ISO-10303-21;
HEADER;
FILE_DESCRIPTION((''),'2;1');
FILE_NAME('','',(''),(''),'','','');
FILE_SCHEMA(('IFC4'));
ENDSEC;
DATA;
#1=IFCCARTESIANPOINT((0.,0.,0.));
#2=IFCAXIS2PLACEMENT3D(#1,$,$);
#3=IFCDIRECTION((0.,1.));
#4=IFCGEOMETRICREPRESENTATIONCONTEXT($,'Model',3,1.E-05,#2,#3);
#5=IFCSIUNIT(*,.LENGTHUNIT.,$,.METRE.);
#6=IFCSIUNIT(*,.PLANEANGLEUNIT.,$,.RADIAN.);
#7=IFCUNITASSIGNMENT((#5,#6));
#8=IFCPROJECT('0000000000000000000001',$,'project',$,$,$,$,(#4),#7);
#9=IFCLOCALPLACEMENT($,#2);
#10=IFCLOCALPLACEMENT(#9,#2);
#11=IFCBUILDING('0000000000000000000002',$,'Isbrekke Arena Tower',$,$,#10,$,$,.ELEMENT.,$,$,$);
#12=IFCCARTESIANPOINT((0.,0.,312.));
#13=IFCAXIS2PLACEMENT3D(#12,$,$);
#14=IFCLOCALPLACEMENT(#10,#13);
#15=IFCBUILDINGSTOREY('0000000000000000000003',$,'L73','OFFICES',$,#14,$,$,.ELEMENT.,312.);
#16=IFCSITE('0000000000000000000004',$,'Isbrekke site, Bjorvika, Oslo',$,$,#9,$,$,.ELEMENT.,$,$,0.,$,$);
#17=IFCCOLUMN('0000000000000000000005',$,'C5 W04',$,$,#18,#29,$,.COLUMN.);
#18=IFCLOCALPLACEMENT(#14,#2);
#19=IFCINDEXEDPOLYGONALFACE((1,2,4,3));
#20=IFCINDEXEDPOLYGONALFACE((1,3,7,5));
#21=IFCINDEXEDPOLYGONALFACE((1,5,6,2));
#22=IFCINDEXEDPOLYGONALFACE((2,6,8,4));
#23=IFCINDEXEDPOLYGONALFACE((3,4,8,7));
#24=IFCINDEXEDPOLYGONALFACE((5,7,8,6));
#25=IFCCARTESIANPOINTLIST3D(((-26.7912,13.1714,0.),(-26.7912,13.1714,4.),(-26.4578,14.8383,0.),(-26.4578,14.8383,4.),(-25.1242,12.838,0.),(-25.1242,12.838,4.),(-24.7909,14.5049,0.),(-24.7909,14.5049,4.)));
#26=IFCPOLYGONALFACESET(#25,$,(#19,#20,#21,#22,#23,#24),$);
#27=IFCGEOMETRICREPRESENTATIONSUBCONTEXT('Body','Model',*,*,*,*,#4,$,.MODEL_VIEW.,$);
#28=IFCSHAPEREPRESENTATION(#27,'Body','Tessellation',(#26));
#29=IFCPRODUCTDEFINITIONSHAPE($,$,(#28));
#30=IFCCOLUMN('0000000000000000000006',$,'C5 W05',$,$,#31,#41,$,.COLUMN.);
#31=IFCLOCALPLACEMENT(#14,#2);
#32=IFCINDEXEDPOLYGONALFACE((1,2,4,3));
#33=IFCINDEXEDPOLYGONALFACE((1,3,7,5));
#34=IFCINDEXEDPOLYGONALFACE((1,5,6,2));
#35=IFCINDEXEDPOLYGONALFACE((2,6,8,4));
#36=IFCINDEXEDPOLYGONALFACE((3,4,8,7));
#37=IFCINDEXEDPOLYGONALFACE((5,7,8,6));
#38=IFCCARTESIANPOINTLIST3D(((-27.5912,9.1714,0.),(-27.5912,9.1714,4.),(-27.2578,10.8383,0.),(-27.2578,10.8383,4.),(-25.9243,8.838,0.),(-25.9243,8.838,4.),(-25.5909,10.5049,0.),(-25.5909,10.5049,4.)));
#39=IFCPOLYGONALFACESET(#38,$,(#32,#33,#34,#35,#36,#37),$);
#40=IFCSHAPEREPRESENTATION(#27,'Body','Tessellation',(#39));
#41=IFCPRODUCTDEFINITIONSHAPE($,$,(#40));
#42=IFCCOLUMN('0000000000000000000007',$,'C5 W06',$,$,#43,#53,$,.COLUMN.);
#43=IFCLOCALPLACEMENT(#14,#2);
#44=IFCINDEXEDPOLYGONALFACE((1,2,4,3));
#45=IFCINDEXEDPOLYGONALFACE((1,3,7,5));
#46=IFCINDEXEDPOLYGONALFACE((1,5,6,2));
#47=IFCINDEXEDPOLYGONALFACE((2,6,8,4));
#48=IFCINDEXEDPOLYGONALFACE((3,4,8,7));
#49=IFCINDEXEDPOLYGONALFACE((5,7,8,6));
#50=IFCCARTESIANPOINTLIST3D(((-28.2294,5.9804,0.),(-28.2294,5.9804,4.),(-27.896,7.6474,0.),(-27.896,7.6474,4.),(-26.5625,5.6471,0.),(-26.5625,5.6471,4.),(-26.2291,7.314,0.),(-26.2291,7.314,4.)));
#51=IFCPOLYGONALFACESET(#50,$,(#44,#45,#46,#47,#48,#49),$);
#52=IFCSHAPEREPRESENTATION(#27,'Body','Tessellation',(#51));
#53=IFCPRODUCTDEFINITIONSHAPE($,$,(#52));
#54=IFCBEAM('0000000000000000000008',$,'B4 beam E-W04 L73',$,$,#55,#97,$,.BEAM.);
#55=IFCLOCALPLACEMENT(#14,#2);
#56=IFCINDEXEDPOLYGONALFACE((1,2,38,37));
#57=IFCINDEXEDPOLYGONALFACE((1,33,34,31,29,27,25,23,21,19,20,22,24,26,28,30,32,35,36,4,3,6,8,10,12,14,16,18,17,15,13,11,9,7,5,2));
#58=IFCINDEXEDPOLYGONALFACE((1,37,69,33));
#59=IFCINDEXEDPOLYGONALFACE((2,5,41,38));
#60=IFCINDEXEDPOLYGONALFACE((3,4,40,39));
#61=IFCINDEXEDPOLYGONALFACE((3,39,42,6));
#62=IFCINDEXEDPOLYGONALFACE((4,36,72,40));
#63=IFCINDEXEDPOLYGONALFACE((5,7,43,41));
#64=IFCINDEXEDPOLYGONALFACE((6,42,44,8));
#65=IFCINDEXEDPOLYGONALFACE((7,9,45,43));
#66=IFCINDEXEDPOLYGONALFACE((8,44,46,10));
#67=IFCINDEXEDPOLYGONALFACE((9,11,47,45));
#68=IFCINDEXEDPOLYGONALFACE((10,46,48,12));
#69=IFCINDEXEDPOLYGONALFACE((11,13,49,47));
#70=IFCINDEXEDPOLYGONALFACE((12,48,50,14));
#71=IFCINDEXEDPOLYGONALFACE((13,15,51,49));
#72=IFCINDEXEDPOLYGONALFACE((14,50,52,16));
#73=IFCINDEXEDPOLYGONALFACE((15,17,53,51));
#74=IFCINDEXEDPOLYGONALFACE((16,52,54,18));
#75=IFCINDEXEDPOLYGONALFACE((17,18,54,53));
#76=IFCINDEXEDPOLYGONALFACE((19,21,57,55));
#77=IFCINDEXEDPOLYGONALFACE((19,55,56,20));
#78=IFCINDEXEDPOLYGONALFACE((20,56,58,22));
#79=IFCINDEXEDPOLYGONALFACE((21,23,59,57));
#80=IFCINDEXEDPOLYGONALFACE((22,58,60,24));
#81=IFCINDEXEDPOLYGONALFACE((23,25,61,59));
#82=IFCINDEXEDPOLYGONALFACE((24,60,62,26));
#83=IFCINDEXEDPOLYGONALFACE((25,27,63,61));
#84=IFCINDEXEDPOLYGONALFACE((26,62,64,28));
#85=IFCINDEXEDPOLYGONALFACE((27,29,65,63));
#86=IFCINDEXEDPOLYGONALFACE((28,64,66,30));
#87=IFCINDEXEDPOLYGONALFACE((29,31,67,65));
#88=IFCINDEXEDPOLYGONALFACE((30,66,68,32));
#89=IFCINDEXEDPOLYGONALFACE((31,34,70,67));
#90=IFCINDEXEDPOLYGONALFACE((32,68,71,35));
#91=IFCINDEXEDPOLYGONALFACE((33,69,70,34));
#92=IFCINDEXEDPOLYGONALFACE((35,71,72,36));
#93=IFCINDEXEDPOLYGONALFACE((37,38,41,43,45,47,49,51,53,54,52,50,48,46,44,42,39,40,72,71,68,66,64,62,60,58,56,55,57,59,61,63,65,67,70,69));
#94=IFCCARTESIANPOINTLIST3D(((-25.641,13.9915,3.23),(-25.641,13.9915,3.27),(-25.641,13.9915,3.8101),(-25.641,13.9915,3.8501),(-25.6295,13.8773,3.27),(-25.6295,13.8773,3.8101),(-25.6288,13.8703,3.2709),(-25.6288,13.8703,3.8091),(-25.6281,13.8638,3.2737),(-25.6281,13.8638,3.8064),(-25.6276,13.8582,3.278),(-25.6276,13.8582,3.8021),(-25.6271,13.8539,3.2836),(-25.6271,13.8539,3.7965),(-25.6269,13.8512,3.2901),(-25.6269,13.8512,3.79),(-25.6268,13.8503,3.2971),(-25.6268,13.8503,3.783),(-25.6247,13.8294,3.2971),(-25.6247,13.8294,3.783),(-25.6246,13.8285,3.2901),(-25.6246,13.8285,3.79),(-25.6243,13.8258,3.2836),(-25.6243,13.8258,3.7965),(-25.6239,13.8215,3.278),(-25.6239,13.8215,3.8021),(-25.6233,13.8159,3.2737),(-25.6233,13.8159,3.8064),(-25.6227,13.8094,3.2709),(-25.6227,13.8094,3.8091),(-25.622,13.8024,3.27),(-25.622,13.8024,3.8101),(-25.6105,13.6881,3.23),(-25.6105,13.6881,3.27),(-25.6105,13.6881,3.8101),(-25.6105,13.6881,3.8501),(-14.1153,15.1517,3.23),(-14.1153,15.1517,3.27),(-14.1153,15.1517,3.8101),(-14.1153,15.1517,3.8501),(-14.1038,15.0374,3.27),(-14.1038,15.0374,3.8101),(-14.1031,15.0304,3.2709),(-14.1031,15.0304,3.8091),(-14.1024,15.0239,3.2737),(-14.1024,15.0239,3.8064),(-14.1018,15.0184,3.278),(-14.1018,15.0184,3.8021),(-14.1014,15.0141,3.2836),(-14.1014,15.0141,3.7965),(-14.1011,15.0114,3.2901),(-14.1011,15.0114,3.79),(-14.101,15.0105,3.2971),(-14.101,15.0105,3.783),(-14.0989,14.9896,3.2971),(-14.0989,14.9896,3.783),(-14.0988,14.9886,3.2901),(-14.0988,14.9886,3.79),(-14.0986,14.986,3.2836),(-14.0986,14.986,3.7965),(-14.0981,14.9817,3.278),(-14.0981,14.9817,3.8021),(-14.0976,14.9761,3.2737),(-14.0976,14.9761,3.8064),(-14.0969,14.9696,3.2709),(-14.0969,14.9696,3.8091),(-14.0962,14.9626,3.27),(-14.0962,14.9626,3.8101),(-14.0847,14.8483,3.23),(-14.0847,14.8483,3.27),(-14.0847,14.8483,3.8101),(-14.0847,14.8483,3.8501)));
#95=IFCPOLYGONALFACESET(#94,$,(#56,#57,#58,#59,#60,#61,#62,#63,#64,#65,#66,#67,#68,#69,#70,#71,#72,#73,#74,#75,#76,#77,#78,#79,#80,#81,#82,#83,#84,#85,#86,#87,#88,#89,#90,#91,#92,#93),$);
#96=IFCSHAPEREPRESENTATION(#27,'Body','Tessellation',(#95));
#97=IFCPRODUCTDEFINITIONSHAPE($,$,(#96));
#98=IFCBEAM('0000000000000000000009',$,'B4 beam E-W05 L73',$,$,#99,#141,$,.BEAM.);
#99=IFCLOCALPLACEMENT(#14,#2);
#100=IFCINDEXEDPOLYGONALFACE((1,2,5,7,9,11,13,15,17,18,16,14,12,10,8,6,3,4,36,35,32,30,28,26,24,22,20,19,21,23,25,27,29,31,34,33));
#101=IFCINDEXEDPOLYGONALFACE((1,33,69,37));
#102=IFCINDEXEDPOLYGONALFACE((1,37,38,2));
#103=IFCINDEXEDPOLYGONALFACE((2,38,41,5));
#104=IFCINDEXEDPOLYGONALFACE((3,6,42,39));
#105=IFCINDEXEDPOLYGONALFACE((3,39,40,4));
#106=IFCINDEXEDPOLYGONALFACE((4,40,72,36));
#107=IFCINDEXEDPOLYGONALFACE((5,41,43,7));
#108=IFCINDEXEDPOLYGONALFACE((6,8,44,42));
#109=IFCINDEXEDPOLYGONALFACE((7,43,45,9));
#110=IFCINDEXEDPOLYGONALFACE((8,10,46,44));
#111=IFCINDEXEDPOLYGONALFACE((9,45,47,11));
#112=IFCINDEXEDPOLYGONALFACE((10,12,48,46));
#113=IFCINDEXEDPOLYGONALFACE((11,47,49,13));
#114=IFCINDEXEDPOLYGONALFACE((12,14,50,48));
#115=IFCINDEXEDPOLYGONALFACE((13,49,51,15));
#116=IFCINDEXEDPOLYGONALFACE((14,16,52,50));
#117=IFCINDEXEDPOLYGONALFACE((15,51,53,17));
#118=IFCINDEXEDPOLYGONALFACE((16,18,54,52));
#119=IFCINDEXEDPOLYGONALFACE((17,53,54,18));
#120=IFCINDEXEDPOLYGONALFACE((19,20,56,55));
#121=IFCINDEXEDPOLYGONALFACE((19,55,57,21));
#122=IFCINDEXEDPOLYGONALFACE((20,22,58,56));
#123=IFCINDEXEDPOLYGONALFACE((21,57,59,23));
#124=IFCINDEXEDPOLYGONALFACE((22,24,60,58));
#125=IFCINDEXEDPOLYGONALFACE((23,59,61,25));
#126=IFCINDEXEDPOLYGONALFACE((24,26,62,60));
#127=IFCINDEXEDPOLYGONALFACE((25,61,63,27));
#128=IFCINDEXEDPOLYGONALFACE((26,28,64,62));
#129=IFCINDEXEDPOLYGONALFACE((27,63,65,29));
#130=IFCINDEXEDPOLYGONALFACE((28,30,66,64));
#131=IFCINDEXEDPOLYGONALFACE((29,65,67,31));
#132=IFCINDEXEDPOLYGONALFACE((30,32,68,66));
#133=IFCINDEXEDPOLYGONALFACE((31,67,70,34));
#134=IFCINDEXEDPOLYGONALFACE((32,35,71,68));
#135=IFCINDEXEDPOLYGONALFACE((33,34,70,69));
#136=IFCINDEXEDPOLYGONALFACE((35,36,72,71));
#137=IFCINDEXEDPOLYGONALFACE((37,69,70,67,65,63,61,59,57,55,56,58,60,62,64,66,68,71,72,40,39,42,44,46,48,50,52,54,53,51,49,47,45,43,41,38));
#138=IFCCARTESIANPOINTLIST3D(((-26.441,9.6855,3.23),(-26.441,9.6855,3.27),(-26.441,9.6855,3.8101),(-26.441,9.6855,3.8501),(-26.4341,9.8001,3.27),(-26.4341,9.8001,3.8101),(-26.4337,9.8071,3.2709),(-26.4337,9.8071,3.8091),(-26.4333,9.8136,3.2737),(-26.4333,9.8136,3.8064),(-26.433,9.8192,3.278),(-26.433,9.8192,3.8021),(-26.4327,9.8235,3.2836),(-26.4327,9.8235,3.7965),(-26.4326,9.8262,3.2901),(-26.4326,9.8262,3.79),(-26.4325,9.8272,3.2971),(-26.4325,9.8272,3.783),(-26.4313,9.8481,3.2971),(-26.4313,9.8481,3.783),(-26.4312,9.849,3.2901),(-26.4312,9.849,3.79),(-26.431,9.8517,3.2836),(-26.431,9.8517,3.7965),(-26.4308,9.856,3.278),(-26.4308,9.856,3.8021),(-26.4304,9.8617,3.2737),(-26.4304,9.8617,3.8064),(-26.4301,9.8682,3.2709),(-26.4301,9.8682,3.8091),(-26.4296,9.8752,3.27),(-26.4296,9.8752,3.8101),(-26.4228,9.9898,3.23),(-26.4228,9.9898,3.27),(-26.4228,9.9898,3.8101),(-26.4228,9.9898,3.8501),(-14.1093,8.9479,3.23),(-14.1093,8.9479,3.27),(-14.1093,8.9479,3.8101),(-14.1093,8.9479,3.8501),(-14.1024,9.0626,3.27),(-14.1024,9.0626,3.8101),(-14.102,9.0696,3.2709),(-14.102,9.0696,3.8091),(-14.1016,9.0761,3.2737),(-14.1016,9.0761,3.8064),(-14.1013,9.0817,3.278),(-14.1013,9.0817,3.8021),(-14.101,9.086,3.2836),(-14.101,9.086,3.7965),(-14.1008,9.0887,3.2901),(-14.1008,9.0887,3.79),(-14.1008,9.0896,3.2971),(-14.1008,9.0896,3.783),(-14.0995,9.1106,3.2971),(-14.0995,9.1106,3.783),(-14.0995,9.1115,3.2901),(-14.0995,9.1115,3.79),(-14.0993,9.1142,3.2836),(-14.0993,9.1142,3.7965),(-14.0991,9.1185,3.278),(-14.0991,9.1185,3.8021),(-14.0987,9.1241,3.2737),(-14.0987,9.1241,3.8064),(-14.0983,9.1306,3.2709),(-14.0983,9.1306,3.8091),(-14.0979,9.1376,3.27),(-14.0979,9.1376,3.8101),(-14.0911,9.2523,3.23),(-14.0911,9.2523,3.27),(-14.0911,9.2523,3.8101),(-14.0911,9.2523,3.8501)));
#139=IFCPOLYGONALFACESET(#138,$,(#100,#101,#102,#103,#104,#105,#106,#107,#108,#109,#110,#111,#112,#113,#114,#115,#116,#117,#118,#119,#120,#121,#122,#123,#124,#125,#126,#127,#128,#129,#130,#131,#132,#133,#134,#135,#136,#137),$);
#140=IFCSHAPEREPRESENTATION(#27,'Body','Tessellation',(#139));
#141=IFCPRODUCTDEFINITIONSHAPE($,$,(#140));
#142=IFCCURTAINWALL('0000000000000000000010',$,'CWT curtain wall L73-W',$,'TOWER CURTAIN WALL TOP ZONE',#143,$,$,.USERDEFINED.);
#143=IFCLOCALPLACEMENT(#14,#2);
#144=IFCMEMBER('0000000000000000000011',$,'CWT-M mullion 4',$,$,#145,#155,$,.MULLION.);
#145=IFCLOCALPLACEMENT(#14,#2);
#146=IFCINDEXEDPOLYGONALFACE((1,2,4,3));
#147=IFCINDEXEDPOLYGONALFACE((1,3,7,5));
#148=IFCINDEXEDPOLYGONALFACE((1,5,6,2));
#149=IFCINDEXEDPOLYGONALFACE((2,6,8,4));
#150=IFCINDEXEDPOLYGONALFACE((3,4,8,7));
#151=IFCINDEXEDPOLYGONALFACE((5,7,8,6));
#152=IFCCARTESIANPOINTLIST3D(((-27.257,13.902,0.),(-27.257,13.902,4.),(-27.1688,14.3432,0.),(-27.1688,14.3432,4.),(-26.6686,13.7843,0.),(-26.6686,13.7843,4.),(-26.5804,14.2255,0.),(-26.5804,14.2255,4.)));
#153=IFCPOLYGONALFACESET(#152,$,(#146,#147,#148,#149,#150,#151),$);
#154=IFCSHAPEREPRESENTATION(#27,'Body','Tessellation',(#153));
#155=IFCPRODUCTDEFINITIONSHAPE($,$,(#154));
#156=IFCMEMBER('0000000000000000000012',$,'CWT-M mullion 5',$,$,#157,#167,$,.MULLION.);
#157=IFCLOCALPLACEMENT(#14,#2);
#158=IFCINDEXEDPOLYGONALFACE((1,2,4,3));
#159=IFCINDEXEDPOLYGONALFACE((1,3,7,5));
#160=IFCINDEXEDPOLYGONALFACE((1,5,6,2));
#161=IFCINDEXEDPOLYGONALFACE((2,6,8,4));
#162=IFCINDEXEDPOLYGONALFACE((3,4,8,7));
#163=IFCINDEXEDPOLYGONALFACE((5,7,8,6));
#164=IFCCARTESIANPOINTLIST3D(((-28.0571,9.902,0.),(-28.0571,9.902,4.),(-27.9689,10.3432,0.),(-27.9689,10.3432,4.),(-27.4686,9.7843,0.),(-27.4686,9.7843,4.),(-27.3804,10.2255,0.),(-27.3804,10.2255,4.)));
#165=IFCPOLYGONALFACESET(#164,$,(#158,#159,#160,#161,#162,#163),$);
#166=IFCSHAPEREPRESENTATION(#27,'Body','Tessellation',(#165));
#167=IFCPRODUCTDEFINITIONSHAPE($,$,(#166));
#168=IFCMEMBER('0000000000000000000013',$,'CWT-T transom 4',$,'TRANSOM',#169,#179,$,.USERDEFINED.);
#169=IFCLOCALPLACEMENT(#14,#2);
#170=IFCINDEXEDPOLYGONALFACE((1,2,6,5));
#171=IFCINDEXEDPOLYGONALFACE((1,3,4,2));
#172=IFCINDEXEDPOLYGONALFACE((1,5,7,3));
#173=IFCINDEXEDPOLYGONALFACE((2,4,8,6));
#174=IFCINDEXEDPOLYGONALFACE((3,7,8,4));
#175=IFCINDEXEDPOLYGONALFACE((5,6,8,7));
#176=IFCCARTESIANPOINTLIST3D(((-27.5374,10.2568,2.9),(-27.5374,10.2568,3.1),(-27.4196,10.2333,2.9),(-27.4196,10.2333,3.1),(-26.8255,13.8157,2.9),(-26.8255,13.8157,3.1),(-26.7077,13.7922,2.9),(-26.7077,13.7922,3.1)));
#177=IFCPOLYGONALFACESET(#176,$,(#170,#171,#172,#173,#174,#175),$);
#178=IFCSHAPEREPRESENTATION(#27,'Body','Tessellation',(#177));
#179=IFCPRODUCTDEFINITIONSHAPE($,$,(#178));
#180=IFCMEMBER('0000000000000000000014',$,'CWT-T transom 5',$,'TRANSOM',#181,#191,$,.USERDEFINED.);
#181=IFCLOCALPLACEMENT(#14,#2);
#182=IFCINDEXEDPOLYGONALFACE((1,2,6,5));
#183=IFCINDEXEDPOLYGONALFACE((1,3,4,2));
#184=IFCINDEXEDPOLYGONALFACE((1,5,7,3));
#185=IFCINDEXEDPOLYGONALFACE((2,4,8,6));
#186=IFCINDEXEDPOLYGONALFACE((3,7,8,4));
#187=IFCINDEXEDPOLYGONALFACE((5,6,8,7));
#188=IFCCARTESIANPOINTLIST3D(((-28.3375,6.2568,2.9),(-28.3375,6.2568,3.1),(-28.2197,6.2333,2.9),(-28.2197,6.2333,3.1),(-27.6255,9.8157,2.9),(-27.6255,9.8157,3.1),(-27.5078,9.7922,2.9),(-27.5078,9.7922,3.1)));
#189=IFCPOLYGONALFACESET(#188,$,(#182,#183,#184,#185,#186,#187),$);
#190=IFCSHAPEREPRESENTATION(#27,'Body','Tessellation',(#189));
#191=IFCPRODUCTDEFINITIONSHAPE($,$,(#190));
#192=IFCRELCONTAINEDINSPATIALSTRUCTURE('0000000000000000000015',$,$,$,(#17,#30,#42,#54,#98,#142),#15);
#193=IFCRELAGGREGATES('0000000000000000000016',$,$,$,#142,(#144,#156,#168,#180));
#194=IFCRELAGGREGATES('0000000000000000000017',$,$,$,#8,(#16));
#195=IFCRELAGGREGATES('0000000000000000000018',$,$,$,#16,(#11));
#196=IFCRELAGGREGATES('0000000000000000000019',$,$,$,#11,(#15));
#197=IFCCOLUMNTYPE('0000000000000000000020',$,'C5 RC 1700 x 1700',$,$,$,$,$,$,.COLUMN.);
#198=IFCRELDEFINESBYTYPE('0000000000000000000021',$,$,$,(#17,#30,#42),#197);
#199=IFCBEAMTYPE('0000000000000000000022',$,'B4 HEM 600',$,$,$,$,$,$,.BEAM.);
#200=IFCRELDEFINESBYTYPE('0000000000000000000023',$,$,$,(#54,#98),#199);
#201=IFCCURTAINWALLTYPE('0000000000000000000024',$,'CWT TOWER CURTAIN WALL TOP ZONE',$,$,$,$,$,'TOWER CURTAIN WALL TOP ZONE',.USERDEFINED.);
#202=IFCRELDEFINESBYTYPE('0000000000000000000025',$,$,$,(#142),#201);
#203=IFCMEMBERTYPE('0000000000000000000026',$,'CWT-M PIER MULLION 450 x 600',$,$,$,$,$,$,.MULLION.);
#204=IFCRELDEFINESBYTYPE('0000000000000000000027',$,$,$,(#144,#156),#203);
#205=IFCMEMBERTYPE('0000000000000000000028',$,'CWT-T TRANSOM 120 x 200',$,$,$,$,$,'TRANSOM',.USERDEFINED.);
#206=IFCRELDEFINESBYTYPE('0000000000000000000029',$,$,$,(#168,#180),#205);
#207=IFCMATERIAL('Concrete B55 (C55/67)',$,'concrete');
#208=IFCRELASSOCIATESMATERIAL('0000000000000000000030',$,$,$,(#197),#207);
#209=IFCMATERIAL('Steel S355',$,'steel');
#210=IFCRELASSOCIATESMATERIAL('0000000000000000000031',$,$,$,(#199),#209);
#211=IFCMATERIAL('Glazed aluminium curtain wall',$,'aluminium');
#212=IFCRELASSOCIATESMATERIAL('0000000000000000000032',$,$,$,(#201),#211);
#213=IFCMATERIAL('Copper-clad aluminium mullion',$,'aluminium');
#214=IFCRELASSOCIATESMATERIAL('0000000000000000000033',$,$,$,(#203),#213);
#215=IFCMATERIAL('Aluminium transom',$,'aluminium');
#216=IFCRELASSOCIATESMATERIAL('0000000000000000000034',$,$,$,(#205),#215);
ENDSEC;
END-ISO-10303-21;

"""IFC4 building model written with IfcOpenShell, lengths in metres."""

from ifc_helpers import new_model, si_unit, direction, frame, origin, origin_2d, place, context, subcontext, project, spatial, rectangle, i_section, extrude, material, material_profile, profile_set, type_object, element, aggregate, save


model = new_model("IFC4")

# Units and contexts
model_context = context("Model", 3, precision=1e-05, world=origin(), true_north=direction((0.0, 1.0)))
body_context = subcontext(model_context, "Body", "Model", "MODEL_VIEW")
ifc_project = project(units=[si_unit("LENGTHUNIT", "METRE"), si_unit("PLANEANGLEUNIT", "RADIAN")], contexts=[model_context])

# Site, building, storey
site_placement = place(None, origin())
site = spatial("IfcSite", under=ifc_project, at=site_placement, Name="Isbrekke site, Bjorvika, Oslo", CompositionType="ELEMENT", RefElevation=0.0)
building_placement = place(site_placement, origin())
building = spatial("IfcBuilding", under=site, at=building_placement, Name="Isbrekke Arena Tower", CompositionType="ELEMENT")
storey_placement = place(building_placement, frame((0.0, 0.0, 312.0)))
storey = spatial("IfcBuildingStorey", under=building, at=storey_placement, Name="L73", Description="OFFICES", CompositionType="ELEMENT", Elevation=312.0)

# Columns
ifc_material_1 = material(Name="Concrete B55 (C55/67)", Category="concrete")
ifc_material_profile_1 = material_profile(ifc_material_1, rectangle(XDim=1.7, YDim=1.7, at=origin_2d()), Name="RC 1700x1700")
ifc_profile_set_1 = profile_set([ifc_material_profile_1], Name="Concrete B55 (C55/67)")
column_type = type_object("IfcColumnType", Name="C5 RC 1700 x 1700", PredefinedType="COLUMN", material=ifc_profile_set_1)
for number, where, z_axis, x_axis, name in (
    (1, (-25.791, 13.8381, 0.0), (0.0, 0.0, 1.0), (-0.196116, -0.980581, 0.0), "C5 W04"),
    (2, (-26.5911, 9.8381, 0.0), (0.0, 0.0, 1.0), (-0.196116, -0.980581, 0.0), "C5 W05"),
    (3, (-27.2292, 6.6472, 0.0), (0.0, 0.0, 1.0), (-0.196116, -0.980581, 0.0), "C5 W06"),
):
    element("IfcColumn", number, at=place(storey_placement, frame(where, z_axis=z_axis, x_axis=x_axis)), inside=storey, type_object=column_type, Name=name, PredefinedType="COLUMN", context=body_context, shape_type="SweptSolid", body=[
        extrude(rectangle(XDim=1.7, YDim=1.7, at=origin_2d()), origin(), (0.0, 0.0, 1.0), 4.0),
    ])

# Beams
ifc_material_2 = material(Name="Steel S355", Category="steel")
ifc_material_profile_2 = material_profile(ifc_material_2, i_section(OverallWidth=0.3049, OverallDepth=0.6201, WebThickness=0.021, FlangeThickness=0.04, FilletRadius=0.0271, at=origin_2d()), Name="HEM 600")
ifc_profile_set_2 = profile_set([ifc_material_profile_2], Name="Steel S355")
beam_type_1 = type_object("IfcBeamType", Name="B4 HEM 600", PredefinedType="BEAM", material=ifc_profile_set_2)
beam_1_placement = place(storey_placement, frame((-25.6257, 13.8398, 3.54), z_axis=(0.994972, 0.100153, 0.0), x_axis=(-0.100153, 0.994972, 0.0)))
element("IfcBeam", 4, at=beam_1_placement, inside=storey, type_object=beam_type_1, Name="B4 beam E-W04 L73", PredefinedType="BEAM", context=body_context, shape_type="SweptSolid", body=[
    extrude(i_section(OverallWidth=0.3049, OverallDepth=0.6201, WebThickness=0.021, FlangeThickness=0.04, FilletRadius=0.0271, at=origin_2d()), origin(), (0.0, 0.0, 1.0), 11.584),
])
beam_2_placement = place(storey_placement, frame((-26.4319, 9.8376, 3.54), z_axis=(0.998216, -0.059702, 0.0), x_axis=(0.059702, 0.998216, 0.0)))
element("IfcBeam", 5, at=beam_2_placement, inside=storey, type_object=beam_type_1, Name="B4 beam E-W05 L73", PredefinedType="BEAM", context=body_context, shape_type="SweptSolid", body=[
    extrude(i_section(OverallWidth=0.3049, OverallDepth=0.6201, WebThickness=0.021, FlangeThickness=0.04, FilletRadius=0.0271, at=origin_2d()), origin(), (0.0, 0.0, 1.0), 12.3538),
])

# Curtain wall, members
ifc_material_3 = material(Name="Glazed aluminium curtain wall", Category="aluminium")
curtain_wall_type = type_object("IfcCurtainWallType", Name="CWT TOWER CURTAIN WALL TOP ZONE", ElementType="TOWER CURTAIN WALL TOP ZONE", PredefinedType="USERDEFINED", material=ifc_material_3)
curtain_wall_placement = place(storey_placement, origin())
curtain_wall = element("IfcCurtainWall", 6, at=curtain_wall_placement, inside=storey, type_object=curtain_wall_type, Name="CWT curtain wall L73-W", ObjectType="TOWER CURTAIN WALL TOP ZONE", PredefinedType="USERDEFINED")
ifc_material_4 = material(Name="Copper-clad aluminium mullion", Category="aluminium")
ifc_material_profile_3 = material_profile(ifc_material_4, rectangle(XDim=0.45, YDim=0.6001, at=origin_2d()), Name="PIER 450X600")
ifc_profile_set_3 = profile_set([ifc_material_profile_3], Name="Copper-clad aluminium mullion")
member_type_1 = type_object("IfcMemberType", Name="CWT-M PIER MULLION 450 x 600", PredefinedType="MULLION", material=ifc_profile_set_3)
member_1_placement = place(storey_placement, frame((-26.9187, 14.0637, 0.0), z_axis=(0.0, 0.0, 1.0), x_axis=(-0.196116, -0.980581, 0.0)))
member_1 = element("IfcMember", 7, at=member_1_placement, type_object=member_type_1, Name="CWT-M mullion 4", PredefinedType="MULLION", context=body_context, shape_type="SweptSolid", body=[
    extrude(rectangle(XDim=0.45, YDim=0.6001, at=origin_2d()), origin(), (0.0, 0.0, 1.0), 4.0),
])
member_2_placement = place(storey_placement, frame((-27.7188, 10.0637, 0.0), z_axis=(0.0, 0.0, 1.0), x_axis=(-0.196116, -0.980581, 0.0)))
member_2 = element("IfcMember", 8, at=member_2_placement, type_object=member_type_1, Name="CWT-M mullion 5", PredefinedType="MULLION", context=body_context, shape_type="SweptSolid", body=[
    extrude(rectangle(XDim=0.45, YDim=0.6001, at=origin_2d()), origin(), (0.0, 0.0, 1.0), 4.0),
])
ifc_material_5 = material(Name="Aluminium transom", Category="aluminium")
ifc_material_profile_4 = material_profile(ifc_material_5, rectangle(XDim=0.1201, YDim=0.2, at=origin_2d()), Name="TRANSOM 120X200")
ifc_profile_set_4 = profile_set([ifc_material_profile_4], Name="Aluminium transom")
member_type_2 = type_object("IfcMemberType", Name="CWT-T TRANSOM 120 x 200", ElementType="TRANSOM", PredefinedType="USERDEFINED", material=ifc_profile_set_4)
member_3_placement = place(storey_placement, frame((-26.7666, 13.804, 3.0), z_axis=(-0.196155, -0.980573, 0.0), x_axis=(0.980573, -0.196155, 0.0)))
member_3 = element("IfcMember", 9, at=member_3_placement, type_object=member_type_2, Name="CWT-T transom 4", ObjectType="TRANSOM", PredefinedType="USERDEFINED", context=body_context, shape_type="SweptSolid", body=[
    extrude(rectangle(XDim=0.1201, YDim=0.2, at=origin_2d()), origin(), (0.0, 0.0, 1.0), 3.6294),
])
member_4_placement = place(storey_placement, frame((-27.5667, 9.804, 3.0), z_axis=(-0.196155, -0.980573, 0.0), x_axis=(0.980573, -0.196155, 0.0)))
member_4 = element("IfcMember", 10, at=member_4_placement, type_object=member_type_2, Name="CWT-T transom 5", ObjectType="TRANSOM", PredefinedType="USERDEFINED", context=body_context, shape_type="SweptSolid", body=[
    extrude(rectangle(XDim=0.1201, YDim=0.2, at=origin_2d()), origin(), (0.0, 0.0, 1.0), 3.6294),
])

aggregate(curtain_wall, [member_1, member_2, member_3, member_4])

save(model, "model.ifc")
